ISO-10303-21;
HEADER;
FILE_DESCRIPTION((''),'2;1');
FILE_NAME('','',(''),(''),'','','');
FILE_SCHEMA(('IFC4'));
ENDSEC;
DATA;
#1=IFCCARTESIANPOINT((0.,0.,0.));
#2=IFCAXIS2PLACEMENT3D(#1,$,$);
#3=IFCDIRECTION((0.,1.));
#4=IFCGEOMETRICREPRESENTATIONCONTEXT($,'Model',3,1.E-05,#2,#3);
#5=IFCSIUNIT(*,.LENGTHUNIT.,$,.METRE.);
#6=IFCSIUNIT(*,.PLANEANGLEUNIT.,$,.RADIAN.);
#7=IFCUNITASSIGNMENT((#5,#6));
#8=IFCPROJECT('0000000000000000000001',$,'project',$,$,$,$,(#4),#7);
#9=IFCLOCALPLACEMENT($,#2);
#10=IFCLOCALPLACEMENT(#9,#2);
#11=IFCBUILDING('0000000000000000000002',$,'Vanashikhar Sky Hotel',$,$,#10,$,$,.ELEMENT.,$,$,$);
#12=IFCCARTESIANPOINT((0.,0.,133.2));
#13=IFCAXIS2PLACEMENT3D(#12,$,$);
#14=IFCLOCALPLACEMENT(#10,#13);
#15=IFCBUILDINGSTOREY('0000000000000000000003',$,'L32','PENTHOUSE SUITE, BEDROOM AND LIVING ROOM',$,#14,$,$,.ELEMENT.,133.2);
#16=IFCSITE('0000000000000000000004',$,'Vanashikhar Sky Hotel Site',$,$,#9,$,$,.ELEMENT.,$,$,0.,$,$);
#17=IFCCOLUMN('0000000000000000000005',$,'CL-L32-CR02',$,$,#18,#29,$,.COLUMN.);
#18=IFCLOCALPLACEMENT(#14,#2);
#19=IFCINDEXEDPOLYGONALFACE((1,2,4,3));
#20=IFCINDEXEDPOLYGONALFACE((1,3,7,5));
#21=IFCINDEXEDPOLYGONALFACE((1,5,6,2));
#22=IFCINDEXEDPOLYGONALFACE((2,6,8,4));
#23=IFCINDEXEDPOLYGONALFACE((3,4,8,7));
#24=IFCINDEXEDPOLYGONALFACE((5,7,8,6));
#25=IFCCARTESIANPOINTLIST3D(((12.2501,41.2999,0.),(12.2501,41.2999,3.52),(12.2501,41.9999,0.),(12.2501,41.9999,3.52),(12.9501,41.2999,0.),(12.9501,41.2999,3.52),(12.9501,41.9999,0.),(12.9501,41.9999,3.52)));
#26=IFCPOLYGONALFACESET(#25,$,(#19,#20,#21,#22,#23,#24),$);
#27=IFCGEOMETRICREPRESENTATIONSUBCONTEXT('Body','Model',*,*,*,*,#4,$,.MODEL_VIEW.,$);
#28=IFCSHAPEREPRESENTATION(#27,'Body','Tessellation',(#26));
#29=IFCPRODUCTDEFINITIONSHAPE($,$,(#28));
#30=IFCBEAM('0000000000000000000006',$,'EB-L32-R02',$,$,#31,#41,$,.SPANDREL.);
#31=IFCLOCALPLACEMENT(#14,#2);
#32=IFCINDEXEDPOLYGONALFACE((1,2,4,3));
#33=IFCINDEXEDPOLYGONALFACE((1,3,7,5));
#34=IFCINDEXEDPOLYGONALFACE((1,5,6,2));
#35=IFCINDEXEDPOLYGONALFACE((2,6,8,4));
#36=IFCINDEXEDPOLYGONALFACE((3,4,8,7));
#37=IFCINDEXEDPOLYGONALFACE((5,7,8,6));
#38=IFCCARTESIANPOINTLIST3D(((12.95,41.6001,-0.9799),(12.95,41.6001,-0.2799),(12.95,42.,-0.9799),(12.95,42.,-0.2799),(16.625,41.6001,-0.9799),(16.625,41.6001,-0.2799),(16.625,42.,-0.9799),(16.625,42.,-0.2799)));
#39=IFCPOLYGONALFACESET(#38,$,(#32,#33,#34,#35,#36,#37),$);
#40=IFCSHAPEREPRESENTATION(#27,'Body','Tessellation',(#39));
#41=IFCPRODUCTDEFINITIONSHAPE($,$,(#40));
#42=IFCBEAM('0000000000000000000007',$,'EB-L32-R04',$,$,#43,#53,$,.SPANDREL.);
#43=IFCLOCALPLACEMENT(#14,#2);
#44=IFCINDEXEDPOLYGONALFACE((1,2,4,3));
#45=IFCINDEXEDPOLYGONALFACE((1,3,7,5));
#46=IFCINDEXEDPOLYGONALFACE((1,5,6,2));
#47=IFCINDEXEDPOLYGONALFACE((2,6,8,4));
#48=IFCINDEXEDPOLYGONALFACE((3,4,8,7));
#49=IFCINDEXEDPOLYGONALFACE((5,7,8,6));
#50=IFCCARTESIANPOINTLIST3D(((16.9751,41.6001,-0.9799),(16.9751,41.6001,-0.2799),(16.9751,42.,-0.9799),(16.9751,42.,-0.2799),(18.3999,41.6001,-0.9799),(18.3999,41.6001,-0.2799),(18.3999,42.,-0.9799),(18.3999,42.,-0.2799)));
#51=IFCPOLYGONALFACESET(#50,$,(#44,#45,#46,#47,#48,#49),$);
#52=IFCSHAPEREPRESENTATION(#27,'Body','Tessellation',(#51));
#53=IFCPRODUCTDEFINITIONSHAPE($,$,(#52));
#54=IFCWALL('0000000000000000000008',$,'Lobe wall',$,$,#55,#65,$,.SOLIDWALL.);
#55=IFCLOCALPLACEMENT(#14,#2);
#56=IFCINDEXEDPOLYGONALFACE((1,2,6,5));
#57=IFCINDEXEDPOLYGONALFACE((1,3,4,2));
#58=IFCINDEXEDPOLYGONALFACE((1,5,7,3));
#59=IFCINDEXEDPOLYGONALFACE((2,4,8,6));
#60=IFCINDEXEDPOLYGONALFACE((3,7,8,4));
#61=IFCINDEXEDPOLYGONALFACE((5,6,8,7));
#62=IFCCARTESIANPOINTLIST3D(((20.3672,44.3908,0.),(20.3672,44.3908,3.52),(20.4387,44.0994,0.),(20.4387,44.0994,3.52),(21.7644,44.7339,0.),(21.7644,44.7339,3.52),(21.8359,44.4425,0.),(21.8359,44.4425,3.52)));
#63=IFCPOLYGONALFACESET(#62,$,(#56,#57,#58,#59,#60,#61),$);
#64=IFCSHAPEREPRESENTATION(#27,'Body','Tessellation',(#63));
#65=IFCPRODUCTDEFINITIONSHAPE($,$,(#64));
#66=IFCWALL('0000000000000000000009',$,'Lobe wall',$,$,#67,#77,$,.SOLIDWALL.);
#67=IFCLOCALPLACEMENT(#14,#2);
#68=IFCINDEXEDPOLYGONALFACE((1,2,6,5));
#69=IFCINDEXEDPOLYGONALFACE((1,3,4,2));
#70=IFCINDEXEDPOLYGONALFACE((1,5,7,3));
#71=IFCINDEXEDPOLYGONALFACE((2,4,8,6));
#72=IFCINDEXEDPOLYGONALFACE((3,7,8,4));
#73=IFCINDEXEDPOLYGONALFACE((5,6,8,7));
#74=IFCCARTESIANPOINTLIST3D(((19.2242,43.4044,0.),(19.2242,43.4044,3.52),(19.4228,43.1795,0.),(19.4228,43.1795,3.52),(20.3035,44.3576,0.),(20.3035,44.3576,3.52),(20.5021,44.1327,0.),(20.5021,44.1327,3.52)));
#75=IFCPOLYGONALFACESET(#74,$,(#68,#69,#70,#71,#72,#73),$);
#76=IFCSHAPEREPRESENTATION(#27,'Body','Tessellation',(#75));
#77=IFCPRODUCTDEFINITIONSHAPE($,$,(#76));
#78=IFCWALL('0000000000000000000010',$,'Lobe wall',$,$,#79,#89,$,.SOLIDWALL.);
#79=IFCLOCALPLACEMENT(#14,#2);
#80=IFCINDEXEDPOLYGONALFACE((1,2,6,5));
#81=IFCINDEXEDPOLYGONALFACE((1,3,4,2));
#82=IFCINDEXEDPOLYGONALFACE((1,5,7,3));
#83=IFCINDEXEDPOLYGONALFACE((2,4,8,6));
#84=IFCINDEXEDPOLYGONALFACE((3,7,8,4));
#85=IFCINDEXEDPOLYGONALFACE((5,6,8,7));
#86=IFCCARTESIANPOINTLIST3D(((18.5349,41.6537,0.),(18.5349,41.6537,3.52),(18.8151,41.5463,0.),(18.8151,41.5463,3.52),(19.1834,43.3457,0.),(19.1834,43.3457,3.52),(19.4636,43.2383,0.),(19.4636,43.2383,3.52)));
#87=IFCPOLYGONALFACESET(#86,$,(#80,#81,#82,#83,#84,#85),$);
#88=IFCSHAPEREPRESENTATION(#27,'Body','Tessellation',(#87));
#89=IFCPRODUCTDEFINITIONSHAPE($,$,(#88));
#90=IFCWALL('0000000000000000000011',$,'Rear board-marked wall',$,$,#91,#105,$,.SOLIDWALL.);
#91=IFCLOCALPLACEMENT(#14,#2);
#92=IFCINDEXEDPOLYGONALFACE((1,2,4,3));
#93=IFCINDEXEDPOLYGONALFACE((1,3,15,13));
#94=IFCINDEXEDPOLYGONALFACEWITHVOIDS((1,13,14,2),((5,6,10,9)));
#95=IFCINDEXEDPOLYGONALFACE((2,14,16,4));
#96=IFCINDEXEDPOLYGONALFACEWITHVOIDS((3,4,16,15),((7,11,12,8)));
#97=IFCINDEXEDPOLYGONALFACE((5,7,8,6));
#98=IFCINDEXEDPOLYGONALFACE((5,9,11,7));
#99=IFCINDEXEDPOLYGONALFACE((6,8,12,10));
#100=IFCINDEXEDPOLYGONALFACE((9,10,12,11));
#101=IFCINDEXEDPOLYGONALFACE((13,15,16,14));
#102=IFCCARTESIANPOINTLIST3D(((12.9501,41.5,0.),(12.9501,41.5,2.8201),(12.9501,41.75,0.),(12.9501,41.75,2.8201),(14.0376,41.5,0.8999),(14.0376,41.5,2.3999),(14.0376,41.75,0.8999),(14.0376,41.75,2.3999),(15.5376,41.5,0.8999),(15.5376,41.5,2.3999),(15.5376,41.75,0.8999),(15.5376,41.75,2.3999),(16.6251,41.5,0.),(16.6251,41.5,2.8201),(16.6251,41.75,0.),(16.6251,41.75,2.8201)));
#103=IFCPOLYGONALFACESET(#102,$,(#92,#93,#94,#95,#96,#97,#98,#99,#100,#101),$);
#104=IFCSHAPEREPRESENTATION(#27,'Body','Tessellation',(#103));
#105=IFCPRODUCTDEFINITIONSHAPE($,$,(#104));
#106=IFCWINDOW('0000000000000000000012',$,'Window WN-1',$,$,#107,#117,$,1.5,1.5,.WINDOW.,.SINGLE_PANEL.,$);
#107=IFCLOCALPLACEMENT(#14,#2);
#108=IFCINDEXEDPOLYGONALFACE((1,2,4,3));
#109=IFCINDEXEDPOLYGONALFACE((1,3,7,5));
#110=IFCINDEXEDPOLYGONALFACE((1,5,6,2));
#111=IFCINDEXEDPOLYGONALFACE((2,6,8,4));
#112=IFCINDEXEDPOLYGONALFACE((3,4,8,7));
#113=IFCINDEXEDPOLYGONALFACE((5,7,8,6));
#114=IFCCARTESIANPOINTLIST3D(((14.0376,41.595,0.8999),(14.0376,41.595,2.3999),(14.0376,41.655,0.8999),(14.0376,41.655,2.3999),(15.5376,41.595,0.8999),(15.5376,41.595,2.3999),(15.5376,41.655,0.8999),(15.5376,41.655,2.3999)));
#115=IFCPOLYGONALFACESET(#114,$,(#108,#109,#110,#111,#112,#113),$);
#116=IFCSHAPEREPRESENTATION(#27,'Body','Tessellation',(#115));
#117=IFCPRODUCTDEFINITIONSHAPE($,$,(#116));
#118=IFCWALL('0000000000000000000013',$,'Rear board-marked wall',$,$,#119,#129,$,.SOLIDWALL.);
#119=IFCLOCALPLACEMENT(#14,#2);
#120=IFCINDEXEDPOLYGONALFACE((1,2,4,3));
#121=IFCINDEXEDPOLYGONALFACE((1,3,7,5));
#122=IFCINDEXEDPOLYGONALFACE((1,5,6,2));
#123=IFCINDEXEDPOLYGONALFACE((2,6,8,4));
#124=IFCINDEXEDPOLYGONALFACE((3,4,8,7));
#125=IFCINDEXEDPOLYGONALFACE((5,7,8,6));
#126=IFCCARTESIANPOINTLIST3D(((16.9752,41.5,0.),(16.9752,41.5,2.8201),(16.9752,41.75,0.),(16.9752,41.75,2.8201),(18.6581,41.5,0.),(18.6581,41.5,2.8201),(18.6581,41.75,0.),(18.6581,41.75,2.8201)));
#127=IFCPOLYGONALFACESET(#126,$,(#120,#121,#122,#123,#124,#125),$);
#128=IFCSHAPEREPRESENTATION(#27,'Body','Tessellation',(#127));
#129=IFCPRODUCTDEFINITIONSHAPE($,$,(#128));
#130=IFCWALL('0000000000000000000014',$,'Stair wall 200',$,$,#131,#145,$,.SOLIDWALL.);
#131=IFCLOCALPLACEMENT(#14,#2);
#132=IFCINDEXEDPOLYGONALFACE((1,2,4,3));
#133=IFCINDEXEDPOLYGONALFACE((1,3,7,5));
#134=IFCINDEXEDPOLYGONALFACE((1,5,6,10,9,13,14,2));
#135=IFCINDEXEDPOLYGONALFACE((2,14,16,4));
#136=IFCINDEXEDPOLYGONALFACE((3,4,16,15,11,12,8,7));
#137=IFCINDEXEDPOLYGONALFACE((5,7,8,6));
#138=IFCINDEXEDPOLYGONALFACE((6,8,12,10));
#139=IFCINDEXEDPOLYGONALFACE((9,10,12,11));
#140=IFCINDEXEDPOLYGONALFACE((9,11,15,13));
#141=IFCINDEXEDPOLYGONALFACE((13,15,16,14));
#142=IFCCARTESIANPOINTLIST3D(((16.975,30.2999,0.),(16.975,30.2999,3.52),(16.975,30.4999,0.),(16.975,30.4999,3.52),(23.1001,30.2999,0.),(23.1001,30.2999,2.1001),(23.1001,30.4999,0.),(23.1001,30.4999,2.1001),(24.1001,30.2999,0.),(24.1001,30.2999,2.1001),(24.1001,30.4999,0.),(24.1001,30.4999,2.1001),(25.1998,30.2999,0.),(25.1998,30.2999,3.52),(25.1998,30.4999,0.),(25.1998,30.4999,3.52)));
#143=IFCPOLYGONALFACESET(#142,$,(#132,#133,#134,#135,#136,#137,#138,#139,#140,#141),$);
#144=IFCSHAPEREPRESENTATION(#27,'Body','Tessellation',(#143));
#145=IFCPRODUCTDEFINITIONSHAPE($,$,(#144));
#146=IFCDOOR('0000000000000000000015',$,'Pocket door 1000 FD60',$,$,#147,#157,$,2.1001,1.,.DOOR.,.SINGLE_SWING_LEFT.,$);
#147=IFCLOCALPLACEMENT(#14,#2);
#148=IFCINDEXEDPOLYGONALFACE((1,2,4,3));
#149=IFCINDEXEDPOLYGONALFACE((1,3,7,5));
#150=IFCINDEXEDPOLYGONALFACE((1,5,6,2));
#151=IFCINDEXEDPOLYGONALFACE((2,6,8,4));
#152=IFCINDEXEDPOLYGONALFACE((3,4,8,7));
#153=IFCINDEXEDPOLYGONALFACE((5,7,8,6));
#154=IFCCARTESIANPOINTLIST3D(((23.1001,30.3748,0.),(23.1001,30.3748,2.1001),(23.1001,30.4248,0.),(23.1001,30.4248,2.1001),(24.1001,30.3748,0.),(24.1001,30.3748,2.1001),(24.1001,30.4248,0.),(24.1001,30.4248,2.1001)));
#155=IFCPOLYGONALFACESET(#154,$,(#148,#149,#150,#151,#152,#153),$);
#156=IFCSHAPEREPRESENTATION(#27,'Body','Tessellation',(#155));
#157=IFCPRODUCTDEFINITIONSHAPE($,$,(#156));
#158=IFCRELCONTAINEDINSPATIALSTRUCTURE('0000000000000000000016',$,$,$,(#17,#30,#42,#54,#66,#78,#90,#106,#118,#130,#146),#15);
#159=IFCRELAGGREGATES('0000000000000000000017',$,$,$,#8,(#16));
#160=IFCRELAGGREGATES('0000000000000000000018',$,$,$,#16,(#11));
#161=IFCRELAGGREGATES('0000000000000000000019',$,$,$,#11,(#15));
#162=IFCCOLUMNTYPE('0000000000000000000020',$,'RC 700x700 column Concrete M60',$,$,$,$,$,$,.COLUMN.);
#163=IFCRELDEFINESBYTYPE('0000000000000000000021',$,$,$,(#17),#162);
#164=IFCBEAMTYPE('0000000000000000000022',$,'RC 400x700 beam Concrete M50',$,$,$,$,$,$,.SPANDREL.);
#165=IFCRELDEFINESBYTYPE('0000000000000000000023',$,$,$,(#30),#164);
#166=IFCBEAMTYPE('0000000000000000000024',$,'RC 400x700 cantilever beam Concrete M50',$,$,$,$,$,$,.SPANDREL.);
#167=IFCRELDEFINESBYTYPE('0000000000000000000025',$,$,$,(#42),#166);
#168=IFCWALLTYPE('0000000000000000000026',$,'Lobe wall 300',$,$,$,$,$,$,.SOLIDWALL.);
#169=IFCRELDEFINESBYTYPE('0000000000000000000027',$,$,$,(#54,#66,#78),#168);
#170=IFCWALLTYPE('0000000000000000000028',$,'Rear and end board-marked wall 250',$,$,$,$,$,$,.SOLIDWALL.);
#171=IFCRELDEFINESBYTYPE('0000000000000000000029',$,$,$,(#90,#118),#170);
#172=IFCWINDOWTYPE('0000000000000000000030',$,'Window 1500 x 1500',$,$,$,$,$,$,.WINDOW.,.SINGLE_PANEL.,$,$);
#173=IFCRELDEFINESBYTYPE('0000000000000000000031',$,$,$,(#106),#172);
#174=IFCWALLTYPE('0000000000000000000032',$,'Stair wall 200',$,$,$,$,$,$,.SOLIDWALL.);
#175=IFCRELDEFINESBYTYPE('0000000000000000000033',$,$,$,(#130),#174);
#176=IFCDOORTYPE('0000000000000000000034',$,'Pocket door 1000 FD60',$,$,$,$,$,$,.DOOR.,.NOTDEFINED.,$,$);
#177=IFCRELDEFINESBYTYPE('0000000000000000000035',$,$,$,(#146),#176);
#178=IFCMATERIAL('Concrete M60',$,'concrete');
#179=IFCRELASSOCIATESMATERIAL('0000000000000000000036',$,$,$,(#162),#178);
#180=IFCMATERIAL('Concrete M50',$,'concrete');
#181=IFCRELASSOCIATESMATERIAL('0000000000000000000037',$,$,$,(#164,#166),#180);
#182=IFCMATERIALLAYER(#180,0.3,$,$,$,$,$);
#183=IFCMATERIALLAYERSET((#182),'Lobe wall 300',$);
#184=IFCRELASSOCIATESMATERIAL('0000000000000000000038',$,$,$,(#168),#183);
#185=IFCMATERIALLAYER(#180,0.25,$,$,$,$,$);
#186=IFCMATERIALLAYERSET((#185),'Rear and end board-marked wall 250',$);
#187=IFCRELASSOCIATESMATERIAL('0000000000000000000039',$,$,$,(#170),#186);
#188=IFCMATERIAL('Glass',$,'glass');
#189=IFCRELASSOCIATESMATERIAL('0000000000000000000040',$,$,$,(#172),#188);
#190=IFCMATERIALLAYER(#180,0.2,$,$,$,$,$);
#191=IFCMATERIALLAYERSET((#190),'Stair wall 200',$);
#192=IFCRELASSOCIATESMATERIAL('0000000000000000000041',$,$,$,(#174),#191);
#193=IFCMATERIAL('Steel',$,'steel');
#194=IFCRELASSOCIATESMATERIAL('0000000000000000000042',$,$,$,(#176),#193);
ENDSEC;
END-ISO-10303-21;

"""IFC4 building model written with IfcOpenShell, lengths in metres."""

from ifc_helpers import new_model, si_unit, direction, frame, frame_2d, origin, origin_2d, place, context, subcontext, project, spatial, rectangle, extrude, source, transform, mapped, material, layer, layer_set, material_profile, profile_set, type_object, element, fill, save


model = new_model("IFC4")

# Units and contexts
model_context = context("Model", 3, precision=1e-05, world=origin(), true_north=direction((0.0, 1.0)))
body_context = subcontext(model_context, "Body", "Model", "MODEL_VIEW")
ifc_project = project(units=[si_unit("LENGTHUNIT", "METRE"), si_unit("PLANEANGLEUNIT", "RADIAN")], contexts=[model_context])

# Site, building, storey
site_placement = place(None, origin())
site = spatial("IfcSite", under=ifc_project, at=site_placement, Name="Vanashikhar Sky Hotel Site", CompositionType="ELEMENT", RefElevation=0.0)
building_placement = place(site_placement, origin())
building = spatial("IfcBuilding", under=site, at=building_placement, Name="Vanashikhar Sky Hotel", CompositionType="ELEMENT")
storey_placement = place(building_placement, frame((0.0, 0.0, 133.2)))
storey = spatial("IfcBuildingStorey", under=building, at=storey_placement, Name="L32", Description="PENTHOUSE SUITE, BEDROOM AND LIVING ROOM", CompositionType="ELEMENT", Elevation=133.2)

# Column
ifc_material_1 = material(Name="Concrete M60", Category="concrete")
ifc_material_profile_1 = material_profile(ifc_material_1, rectangle(XDim=0.7, YDim=0.7, at=origin_2d()))
ifc_profile_set_1 = profile_set([ifc_material_profile_1], Name="RC 700x700 column Concrete M60")
column_type = type_object("IfcColumnType", Name="RC 700x700 column Concrete M60", PredefinedType="COLUMN", material=ifc_profile_set_1)
shared_shape_1 = source(origin(), body_context, "Body", "SweptSolid", [
    extrude(rectangle(XDim=0.7, YDim=0.7, at=origin_2d()), origin(), (0.0, 0.0, 1.0), 3.52),
])
column_placement = place(storey_placement, frame((12.6001, 41.6499, 0.0), z_axis=(0.0, 0.0, 1.0), x_axis=(1.0, 0.0, 0.0)))
element("IfcColumn", 1, at=column_placement, inside=storey, type_object=column_type, Name="CL-L32-CR02", PredefinedType="COLUMN", context=body_context, shape_type="MappedRepresentation", body=[
    mapped(shared_shape_1, transform((0.0, 0.0, 0.0), scale=1.0)),
])

# Beams
ifc_material_2 = material(Name="Concrete M50", Category="concrete")
ifc_material_profile_2 = material_profile(ifc_material_2, rectangle(XDim=0.3999, YDim=0.7, at=origin_2d()))
ifc_profile_set_2 = profile_set([ifc_material_profile_2], Name="RC 400x700 beam Concrete M50")
beam_type_1 = type_object("IfcBeamType", Name="RC 400x700 beam Concrete M50", PredefinedType="SPANDREL", material=ifc_profile_set_2)
shared_shape_2 = source(origin(), body_context, "Body", "SweptSolid", [
    extrude(rectangle(XDim=0.3999, YDim=0.7, at=origin_2d()), origin(), (0.0, 0.0, 1.0), 3.675),
])
beam_1_placement = place(storey_placement, frame((12.95, 41.8, -0.6299), z_axis=(1.0, 0.0, 0.0), x_axis=(0.0, 1.0, 0.0)))
element("IfcBeam", 2, at=beam_1_placement, inside=storey, type_object=beam_type_1, Name="EB-L32-R02", PredefinedType="SPANDREL", context=body_context, shape_type="MappedRepresentation", body=[
    mapped(shared_shape_2, transform((0.0, 0.0, 0.0), scale=1.0)),
])
ifc_material_profile_3 = material_profile(ifc_material_2, rectangle(XDim=0.3999, YDim=0.7, at=origin_2d()))
ifc_profile_set_3 = profile_set([ifc_material_profile_3], Name="RC 400x700 cantilever beam Concrete M50")
beam_type_2 = type_object("IfcBeamType", Name="RC 400x700 cantilever beam Concrete M50", PredefinedType="SPANDREL", material=ifc_profile_set_3)
shared_shape_3 = source(origin(), body_context, "Body", "SweptSolid", [
    extrude(rectangle(XDim=0.3999, YDim=0.7, at=origin_2d()), origin(), (0.0, 0.0, 1.0), 1.4248),
])
beam_2_placement = place(storey_placement, frame((16.9751, 41.8, -0.6299), z_axis=(1.0, 0.0, 0.0), x_axis=(0.0, 1.0, 0.0)))
element("IfcBeam", 3, at=beam_2_placement, inside=storey, type_object=beam_type_2, Name="EB-L32-R04", PredefinedType="SPANDREL", context=body_context, shape_type="MappedRepresentation", body=[
    mapped(shared_shape_3, transform((0.0, 0.0, 0.0), scale=1.0)),
])

# Walls
ifc_layer_1 = layer(ifc_material_2, 0.3)
ifc_layer_set_1 = layer_set([ifc_layer_1], Name="Lobe wall 300")
wall_type_1 = type_object("IfcWallType", Name="Lobe wall 300", PredefinedType="SOLIDWALL", material=ifc_layer_set_1)
shared_shape_4 = source(origin(), body_context, "Body", "SweptSolid", [
    extrude(rectangle(XDim=1.4387, YDim=0.3, at=frame_2d((0.7192, 0.0))), origin(), (0.0, 0.0, 1.0), 3.52),
])
wall_1_placement = place(storey_placement, frame((21.8, 44.5881, 0.0), z_axis=(0.0, 0.0, 1.0), x_axis=(-0.971162, -0.238421, 0.0)))
element("IfcWall", 4, at=wall_1_placement, inside=storey, type_object=wall_type_1, Name="Lobe wall", PredefinedType="SOLIDWALL", context=body_context, shape_type="MappedRepresentation", body=[
    mapped(shared_shape_4, transform((0.0, 0.0, 0.0), scale=1.0)),
])
shared_shape_5 = source(origin(), body_context, "Body", "SweptSolid", [
    extrude(rectangle(XDim=1.4399, YDim=0.3, at=frame_2d((0.72, 0.0))), origin(), (0.0, 0.0, 1.0), 3.52),
])
wall_2_placement = place(storey_placement, frame((20.4028, 44.2451, 0.0), z_axis=(0.0, 0.0, 1.0), x_axis=(-0.749576, -0.661919, 0.0)))
element("IfcWall", 5, at=wall_2_placement, inside=storey, type_object=wall_type_1, Name="Lobe wall", PredefinedType="SOLIDWALL", context=body_context, shape_type="MappedRepresentation", body=[
    mapped(shared_shape_5, transform((0.0, 0.0, 0.0), scale=1.0)),
])
shared_shape_6 = source(origin(), body_context, "Body", "SweptSolid", [
    extrude(rectangle(XDim=1.812, YDim=0.3, at=frame_2d((0.906, 0.0))), origin(), (0.0, 0.0, 1.0), 3.52),
])
wall_3_placement = place(storey_placement, frame((19.3235, 43.292, 0.0), z_axis=(0.0, 0.0, 1.0), x_axis=(-0.357877, -0.933769, 0.0)))
element("IfcWall", 6, at=wall_3_placement, inside=storey, type_object=wall_type_1, Name="Lobe wall", PredefinedType="SOLIDWALL", context=body_context, shape_type="MappedRepresentation", body=[
    mapped(shared_shape_6, transform((0.0, 0.0, 0.0), scale=1.0)),
])

# Wall, opening, window
ifc_layer_2 = layer(ifc_material_2, 0.25)
ifc_layer_set_2 = layer_set([ifc_layer_2], Name="Rear and end board-marked wall 250")
wall_type_2 = type_object("IfcWallType", Name="Rear and end board-marked wall 250", PredefinedType="SOLIDWALL", material=ifc_layer_set_2)
shared_shape_7 = source(origin(), body_context, "Body", "SweptSolid", [
    extrude(rectangle(XDim=3.675, YDim=0.25, at=frame_2d((1.8374, 0.0))), origin(), (0.0, 0.0, 1.0), 2.8201),
])
wall_4_placement = place(storey_placement, frame((16.625, 41.625, 0.0), z_axis=(0.0, 0.0, 1.0), x_axis=(-1.0, 0.0, 0.0)))
wall_4 = element("IfcWall", 7, at=wall_4_placement, inside=storey, type_object=wall_type_2, Name="Rear board-marked wall", PredefinedType="SOLIDWALL", context=body_context, shape_type="MappedRepresentation", body=[
    mapped(shared_shape_7, transform((0.0, 0.0, 0.0), scale=1.0)),
])
shared_shape_8 = source(origin(), body_context, "Body", "SweptSolid", [
    extrude(rectangle(XDim=1.5, YDim=1.5, at=frame_2d((0.75, 0.75))), frame((0.0, 0.135, 0.0), z_axis=(0.0, -1.0, 0.0), x_axis=(1.0, 0.0, 0.0)), (0.0, 0.0, 1.0), 0.27),
])
opening_1_placement = place(wall_4_placement, frame((1.0874, 0.0, 0.8999)))
opening_1 = element("IfcOpeningElement", 8, at=opening_1_placement, cuts=wall_4, PredefinedType="OPENING", context=body_context, shape_type="MappedRepresentation", body=[
    mapped(shared_shape_8, transform((0.0, 0.0, 0.0), scale=1.0)),
])
ifc_material_3 = material(Name="Glass", Category="glass")
window_type = type_object("IfcWindowType", Name="Window 1500 x 1500", PartitioningType="SINGLE_PANEL", PredefinedType="WINDOW", material=ifc_material_3)
shared_shape_9 = source(origin(), body_context, "Body", "SweptSolid", [
    extrude(rectangle(XDim=1.5, YDim=1.5, at=frame_2d((0.75, 0.75))), frame((0.0, 0.03, 0.0), z_axis=(0.0, -1.0, 0.0), x_axis=(1.0, 0.0, 0.0)), (0.0, 0.0, 1.0), 0.0601),
])
window_placement = place(opening_1_placement, origin())
window = element("IfcWindow", 9, at=window_placement, inside=storey, type_object=window_type, Name="Window WN-1", OverallHeight=1.5, OverallWidth=1.5, PartitioningType="SINGLE_PANEL", PredefinedType="WINDOW", context=body_context, shape_type="MappedRepresentation", body=[
    mapped(shared_shape_9, transform((0.0, 0.0, 0.0), scale=1.0)),
])
fill(opening_1, window)

# Wall
shared_shape_10 = source(origin(), body_context, "Body", "SweptSolid", [
    extrude(rectangle(XDim=1.6829, YDim=0.25, at=frame_2d((0.8413, 0.0))), origin(), (0.0, 0.0, 1.0), 2.8201),
])
wall_5_placement = place(storey_placement, frame((18.658, 41.625, 0.0), z_axis=(0.0, 0.0, 1.0), x_axis=(-1.0, 0.0, 0.0)))
element("IfcWall", 10, at=wall_5_placement, inside=storey, type_object=wall_type_2, Name="Rear board-marked wall", PredefinedType="SOLIDWALL", context=body_context, shape_type="MappedRepresentation", body=[
    mapped(shared_shape_10, transform((0.0, 0.0, 0.0), scale=1.0)),
])

# Wall, opening, door
ifc_layer_3 = layer(ifc_material_2, 0.2)
ifc_layer_set_3 = layer_set([ifc_layer_3], Name="Stair wall 200")
wall_type_3 = type_object("IfcWallType", Name="Stair wall 200", PredefinedType="SOLIDWALL", material=ifc_layer_set_3)
shared_shape_11 = source(origin(), body_context, "Body", "SweptSolid", [
    extrude(rectangle(XDim=8.2249, YDim=0.2, at=frame_2d((4.1123, 0.0))), origin(), (0.0, 0.0, 1.0), 3.52),
])
wall_6_placement = place(storey_placement, frame((16.9751, 30.3999, 0.0), z_axis=(0.0, 0.0, 1.0), x_axis=(1.0, 0.0, 0.0)))
wall_6 = element("IfcWall", 11, at=wall_6_placement, inside=storey, type_object=wall_type_3, Name="Stair wall 200", PredefinedType="SOLIDWALL", context=body_context, shape_type="MappedRepresentation", body=[
    mapped(shared_shape_11, transform((0.0, 0.0, 0.0), scale=1.0)),
])
shared_shape_12 = source(origin(), body_context, "Body", "SweptSolid", [
    extrude(rectangle(XDim=1.0, YDim=2.1001, at=frame_2d((0.5, 1.05))), frame((0.0, 0.1099, 0.0), z_axis=(0.0, -1.0, 0.0), x_axis=(1.0, 0.0, 0.0)), (0.0, 0.0, 1.0), 0.22),
])
opening_2_placement = place(wall_6_placement, frame((6.125, 0.0, 0.0)))
opening_2 = element("IfcOpeningElement", 12, at=opening_2_placement, cuts=wall_6, PredefinedType="OPENING", context=body_context, shape_type="MappedRepresentation", body=[
    mapped(shared_shape_12, transform((0.0, 0.0, 0.0), scale=1.0)),
])
ifc_material_4 = material(Name="Steel", Category="steel")
door_type = type_object("IfcDoorType", Name="Pocket door 1000 FD60", OperationType="NOTDEFINED", PredefinedType="DOOR", material=ifc_material_4)
shared_shape_13 = source(origin(), body_context, "Body", "SweptSolid", [
    extrude(rectangle(XDim=1.0, YDim=2.1001, at=frame_2d((0.5, 1.05))), frame((0.0, 0.0249, 0.0), z_axis=(0.0, -1.0, 0.0), x_axis=(1.0, 0.0, 0.0)), (0.0, 0.0, 1.0), 0.05),
])
door_placement = place(opening_2_placement, origin())
door = element("IfcDoor", 13, at=door_placement, inside=storey, type_object=door_type, Name="Pocket door 1000 FD60", OperationType="SINGLE_SWING_LEFT", OverallHeight=2.1001, OverallWidth=1.0, PredefinedType="DOOR", context=body_context, shape_type="MappedRepresentation", body=[
    mapped(shared_shape_13, transform((0.0, 0.0, 0.0), scale=1.0)),
])
fill(opening_2, door)

save(model, "model.ifc")
